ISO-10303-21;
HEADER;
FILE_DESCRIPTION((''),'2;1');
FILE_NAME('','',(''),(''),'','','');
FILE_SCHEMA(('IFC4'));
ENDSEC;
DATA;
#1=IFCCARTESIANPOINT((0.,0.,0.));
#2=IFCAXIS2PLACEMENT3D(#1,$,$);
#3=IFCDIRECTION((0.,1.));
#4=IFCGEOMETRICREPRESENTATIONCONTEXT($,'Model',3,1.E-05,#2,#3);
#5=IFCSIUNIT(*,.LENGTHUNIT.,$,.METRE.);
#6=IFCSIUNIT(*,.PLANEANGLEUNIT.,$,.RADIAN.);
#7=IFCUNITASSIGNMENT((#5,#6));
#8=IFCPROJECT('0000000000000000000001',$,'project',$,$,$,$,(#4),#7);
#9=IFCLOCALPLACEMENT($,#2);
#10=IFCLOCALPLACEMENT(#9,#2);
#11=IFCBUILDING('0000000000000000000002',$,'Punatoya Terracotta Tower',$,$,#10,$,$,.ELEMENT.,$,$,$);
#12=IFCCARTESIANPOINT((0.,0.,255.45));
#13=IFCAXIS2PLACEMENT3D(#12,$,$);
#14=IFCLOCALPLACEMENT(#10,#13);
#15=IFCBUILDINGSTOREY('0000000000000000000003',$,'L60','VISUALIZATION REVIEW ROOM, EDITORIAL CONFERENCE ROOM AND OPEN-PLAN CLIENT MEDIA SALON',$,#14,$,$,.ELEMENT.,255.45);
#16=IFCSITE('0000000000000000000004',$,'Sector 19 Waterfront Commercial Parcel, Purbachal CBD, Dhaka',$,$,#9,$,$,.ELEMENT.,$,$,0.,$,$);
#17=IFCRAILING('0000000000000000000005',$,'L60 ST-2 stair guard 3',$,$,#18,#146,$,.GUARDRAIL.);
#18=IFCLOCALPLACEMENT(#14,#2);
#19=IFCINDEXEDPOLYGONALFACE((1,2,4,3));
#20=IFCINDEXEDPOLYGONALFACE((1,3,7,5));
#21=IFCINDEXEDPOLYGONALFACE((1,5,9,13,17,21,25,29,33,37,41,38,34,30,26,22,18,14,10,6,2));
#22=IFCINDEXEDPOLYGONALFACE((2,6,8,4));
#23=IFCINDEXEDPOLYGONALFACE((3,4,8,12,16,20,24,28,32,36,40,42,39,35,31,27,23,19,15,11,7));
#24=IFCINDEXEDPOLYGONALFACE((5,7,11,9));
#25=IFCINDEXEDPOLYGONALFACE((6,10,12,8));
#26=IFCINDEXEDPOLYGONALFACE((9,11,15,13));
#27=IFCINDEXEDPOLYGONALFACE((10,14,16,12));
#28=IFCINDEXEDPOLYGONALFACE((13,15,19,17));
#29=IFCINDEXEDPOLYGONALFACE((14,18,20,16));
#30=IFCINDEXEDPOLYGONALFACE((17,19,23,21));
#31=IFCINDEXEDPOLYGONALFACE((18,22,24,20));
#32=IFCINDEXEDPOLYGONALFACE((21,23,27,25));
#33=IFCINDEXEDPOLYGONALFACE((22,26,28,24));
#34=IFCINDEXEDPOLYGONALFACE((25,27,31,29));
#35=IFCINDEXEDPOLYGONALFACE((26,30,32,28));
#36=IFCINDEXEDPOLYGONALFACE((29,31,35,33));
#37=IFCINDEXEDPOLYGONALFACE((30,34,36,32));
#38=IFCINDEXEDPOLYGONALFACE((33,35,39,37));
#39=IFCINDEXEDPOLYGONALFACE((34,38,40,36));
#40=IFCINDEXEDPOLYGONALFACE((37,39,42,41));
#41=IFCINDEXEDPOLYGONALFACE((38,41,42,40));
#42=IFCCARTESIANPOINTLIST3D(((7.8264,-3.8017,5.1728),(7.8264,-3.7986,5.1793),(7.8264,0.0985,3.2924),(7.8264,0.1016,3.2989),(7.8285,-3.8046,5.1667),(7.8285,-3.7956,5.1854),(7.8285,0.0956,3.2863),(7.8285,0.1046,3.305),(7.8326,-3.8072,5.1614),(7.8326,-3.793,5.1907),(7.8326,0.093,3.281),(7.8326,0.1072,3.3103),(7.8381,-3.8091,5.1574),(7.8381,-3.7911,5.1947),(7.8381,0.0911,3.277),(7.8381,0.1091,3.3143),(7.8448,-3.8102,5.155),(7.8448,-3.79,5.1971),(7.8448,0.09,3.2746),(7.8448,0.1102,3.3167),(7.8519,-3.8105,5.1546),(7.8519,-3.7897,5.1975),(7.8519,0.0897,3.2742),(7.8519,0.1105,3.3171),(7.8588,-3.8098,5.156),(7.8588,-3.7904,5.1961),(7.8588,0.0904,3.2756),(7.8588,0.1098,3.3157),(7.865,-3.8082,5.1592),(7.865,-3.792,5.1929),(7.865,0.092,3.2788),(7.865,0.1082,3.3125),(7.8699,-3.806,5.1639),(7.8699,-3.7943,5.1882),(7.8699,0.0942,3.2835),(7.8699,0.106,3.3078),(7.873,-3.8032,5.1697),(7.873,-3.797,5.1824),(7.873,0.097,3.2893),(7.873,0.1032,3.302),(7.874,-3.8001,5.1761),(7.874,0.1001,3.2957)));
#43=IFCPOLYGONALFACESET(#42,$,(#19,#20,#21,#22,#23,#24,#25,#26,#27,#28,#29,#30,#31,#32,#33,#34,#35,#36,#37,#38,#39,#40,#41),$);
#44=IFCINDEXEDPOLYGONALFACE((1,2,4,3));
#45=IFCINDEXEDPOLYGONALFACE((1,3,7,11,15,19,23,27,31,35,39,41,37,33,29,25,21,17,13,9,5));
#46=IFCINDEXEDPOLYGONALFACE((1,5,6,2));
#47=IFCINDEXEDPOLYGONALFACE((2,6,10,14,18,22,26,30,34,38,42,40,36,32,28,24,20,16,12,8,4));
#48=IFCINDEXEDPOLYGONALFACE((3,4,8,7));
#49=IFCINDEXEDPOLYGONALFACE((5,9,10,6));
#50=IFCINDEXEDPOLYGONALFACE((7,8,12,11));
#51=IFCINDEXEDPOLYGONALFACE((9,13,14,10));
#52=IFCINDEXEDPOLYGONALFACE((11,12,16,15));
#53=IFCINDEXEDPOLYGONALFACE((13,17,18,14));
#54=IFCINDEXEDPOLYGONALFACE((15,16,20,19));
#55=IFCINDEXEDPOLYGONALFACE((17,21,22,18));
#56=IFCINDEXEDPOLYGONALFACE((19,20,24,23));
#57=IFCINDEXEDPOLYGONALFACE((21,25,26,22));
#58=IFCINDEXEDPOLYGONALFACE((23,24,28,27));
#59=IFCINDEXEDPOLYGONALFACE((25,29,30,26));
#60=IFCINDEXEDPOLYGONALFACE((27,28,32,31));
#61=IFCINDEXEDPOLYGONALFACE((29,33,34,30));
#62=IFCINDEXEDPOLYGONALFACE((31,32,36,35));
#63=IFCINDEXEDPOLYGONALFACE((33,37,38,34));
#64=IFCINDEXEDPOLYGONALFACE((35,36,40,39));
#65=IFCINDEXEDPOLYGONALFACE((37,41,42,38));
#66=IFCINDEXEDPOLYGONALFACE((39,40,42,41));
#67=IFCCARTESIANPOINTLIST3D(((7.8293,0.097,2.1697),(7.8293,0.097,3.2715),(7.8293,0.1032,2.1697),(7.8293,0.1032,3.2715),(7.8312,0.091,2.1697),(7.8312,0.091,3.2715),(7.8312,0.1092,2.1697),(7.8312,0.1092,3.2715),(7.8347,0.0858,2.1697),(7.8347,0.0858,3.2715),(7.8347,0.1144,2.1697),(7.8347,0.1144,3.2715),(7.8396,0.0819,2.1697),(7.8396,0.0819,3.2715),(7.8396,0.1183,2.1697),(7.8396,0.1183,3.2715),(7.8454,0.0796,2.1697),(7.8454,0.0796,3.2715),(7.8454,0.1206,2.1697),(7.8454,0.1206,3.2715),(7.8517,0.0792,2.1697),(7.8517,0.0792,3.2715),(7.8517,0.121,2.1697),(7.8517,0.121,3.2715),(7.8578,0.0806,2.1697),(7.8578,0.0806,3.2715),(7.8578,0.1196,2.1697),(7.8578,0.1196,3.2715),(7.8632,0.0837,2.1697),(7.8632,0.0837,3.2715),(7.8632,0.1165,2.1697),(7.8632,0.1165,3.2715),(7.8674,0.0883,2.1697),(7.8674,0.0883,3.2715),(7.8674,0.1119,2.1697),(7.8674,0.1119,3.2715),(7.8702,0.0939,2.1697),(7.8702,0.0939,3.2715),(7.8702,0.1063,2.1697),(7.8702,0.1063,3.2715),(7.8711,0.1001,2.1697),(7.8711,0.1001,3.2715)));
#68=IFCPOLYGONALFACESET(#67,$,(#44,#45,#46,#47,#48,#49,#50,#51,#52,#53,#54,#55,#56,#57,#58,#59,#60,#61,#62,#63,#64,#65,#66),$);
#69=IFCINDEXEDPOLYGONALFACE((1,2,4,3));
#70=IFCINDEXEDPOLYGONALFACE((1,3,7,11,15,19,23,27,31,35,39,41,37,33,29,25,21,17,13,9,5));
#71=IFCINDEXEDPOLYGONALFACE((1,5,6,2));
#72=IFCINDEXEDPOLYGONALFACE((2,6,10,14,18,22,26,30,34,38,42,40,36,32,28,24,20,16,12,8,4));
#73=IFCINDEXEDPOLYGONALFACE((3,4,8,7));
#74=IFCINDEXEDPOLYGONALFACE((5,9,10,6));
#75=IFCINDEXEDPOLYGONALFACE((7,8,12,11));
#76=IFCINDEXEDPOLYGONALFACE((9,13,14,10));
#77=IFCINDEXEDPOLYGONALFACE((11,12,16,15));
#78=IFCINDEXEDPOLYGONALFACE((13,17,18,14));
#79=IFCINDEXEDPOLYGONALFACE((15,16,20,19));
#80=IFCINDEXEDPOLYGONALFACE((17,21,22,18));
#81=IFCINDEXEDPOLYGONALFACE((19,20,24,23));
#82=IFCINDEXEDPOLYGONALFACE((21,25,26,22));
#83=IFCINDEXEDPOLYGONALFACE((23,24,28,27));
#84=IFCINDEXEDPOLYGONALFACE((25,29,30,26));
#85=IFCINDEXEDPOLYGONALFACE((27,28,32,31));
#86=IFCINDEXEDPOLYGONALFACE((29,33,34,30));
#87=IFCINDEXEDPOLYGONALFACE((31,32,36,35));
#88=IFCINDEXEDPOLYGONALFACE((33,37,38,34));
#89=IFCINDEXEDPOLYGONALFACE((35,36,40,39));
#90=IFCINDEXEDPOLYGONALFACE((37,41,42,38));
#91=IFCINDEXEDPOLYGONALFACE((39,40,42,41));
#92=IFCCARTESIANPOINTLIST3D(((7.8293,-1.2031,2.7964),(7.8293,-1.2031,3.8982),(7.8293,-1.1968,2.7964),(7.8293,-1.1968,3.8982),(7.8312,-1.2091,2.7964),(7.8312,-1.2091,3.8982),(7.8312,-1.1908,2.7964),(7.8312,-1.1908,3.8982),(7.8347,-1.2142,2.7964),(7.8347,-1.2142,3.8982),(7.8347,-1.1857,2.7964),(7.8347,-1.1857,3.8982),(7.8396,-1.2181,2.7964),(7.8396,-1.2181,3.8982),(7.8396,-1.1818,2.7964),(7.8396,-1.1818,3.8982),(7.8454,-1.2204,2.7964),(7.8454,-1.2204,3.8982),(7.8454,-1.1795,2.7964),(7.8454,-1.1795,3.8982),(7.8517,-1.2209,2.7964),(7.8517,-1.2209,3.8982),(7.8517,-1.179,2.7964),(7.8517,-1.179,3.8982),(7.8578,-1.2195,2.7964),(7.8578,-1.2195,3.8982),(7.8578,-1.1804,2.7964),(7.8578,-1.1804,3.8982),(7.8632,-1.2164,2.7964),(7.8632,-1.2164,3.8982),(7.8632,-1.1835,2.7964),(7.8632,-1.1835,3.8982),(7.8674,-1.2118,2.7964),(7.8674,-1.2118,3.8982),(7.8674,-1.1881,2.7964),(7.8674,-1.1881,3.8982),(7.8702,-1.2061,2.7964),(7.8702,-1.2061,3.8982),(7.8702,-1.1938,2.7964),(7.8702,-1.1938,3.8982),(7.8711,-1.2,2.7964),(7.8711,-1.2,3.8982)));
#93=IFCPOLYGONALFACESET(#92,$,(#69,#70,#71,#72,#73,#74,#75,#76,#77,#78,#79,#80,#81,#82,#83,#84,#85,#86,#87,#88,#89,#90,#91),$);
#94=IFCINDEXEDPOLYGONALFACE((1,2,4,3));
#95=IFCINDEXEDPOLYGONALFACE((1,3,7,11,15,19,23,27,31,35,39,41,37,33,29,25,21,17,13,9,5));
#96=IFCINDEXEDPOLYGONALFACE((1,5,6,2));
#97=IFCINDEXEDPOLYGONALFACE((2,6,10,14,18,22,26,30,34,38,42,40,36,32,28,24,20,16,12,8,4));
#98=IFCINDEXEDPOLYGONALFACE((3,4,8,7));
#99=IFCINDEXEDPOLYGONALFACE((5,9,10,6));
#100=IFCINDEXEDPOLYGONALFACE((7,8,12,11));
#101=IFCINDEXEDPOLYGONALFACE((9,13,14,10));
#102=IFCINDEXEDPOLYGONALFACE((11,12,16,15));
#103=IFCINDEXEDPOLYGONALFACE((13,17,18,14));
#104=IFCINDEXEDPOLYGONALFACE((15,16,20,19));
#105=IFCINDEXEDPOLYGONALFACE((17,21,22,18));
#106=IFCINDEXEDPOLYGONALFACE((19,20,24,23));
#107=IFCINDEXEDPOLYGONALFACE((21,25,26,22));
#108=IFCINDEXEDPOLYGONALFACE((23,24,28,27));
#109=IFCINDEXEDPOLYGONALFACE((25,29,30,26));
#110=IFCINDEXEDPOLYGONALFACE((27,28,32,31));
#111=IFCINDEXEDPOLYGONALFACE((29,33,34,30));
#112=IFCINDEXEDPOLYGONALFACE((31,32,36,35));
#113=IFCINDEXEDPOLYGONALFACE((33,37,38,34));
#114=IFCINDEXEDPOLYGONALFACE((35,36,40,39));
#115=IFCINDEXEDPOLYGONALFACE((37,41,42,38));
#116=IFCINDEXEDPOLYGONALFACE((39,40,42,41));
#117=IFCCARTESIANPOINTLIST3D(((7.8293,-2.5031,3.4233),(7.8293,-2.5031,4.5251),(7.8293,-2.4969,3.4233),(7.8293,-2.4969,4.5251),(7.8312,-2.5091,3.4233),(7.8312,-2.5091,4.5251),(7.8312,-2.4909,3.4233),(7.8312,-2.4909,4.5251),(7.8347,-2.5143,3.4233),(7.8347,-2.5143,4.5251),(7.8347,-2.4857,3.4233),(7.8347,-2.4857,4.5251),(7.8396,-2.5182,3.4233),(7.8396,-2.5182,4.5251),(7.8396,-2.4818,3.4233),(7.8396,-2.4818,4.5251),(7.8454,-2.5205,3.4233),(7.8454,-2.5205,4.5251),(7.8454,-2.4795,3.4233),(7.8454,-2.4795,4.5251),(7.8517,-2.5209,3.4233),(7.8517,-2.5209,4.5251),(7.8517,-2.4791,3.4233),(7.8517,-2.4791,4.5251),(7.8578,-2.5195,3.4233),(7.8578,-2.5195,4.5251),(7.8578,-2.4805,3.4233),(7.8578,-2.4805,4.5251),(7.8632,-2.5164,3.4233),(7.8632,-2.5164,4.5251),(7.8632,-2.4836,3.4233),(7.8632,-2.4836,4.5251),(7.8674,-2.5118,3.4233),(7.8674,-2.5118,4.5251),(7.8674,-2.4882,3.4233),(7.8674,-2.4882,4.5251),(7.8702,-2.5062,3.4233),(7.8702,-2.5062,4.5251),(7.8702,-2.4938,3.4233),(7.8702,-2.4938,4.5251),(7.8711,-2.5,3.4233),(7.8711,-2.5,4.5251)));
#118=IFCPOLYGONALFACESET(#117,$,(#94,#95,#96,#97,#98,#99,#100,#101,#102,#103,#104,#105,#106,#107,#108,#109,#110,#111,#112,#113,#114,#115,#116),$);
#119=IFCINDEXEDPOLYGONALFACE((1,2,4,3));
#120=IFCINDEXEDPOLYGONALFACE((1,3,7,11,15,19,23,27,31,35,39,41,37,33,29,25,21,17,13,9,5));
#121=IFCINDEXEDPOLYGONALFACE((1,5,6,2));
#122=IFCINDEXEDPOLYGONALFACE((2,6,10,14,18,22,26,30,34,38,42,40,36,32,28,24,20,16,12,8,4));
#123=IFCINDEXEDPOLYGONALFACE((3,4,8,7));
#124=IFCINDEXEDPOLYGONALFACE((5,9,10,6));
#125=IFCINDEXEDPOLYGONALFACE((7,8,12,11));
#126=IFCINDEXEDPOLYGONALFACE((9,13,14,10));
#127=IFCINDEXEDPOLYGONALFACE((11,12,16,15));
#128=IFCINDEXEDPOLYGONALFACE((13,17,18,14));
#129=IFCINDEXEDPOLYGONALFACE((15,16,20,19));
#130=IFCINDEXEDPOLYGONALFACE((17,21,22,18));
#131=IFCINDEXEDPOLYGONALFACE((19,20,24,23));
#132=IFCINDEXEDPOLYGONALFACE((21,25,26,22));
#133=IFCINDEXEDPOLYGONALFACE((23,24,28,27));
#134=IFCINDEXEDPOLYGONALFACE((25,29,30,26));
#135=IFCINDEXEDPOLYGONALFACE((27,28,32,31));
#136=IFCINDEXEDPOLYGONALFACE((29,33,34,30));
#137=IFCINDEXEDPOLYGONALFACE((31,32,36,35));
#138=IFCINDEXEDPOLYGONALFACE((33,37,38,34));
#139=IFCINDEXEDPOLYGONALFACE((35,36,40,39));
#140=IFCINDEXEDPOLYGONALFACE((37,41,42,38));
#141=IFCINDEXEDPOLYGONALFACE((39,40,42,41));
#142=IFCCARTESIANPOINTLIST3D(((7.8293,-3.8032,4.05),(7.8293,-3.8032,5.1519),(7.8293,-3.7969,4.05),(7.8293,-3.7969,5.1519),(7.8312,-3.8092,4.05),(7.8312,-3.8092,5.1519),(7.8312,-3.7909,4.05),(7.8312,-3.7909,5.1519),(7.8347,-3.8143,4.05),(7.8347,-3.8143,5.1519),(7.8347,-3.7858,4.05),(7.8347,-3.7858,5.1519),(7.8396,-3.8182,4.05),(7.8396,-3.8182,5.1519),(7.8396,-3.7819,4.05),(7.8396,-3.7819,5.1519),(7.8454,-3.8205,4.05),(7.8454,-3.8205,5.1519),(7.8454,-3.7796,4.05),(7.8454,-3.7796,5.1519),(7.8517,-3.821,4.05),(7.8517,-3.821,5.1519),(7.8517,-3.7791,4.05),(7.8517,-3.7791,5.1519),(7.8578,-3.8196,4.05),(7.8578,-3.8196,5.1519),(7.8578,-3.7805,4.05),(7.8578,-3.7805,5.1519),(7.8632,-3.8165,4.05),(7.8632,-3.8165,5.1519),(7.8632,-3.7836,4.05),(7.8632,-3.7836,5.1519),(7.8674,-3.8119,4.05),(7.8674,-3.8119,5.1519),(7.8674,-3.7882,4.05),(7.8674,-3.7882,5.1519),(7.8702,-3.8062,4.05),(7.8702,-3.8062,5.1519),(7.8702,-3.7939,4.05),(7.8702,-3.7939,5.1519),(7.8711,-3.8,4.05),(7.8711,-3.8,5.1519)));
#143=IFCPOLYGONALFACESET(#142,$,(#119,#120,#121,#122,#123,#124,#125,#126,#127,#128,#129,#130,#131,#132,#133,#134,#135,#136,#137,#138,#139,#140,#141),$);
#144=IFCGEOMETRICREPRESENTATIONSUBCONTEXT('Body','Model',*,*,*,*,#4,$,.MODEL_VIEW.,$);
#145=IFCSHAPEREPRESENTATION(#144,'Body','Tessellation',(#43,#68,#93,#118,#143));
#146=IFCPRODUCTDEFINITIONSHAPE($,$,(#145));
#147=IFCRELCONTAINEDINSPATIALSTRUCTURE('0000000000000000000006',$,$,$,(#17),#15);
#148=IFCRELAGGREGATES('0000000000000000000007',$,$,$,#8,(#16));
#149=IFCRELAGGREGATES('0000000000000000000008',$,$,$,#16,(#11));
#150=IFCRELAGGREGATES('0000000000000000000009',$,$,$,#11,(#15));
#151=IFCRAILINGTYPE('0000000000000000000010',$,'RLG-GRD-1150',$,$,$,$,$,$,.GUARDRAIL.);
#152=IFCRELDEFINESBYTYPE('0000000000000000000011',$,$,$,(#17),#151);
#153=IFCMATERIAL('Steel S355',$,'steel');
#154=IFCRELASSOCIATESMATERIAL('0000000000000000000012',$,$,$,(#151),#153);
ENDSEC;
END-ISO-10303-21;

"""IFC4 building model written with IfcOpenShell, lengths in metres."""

from ifc_helpers import new_model, si_unit, direction, frame, origin, origin_2d, place, context, subcontext, project, spatial, circle, extrude, material, type_object, element, save


model = new_model("IFC4")

# Units and contexts
model_context = context("Model", 3, precision=1e-05, world=origin(), true_north=direction((0.0, 1.0)))
body_context = subcontext(model_context, "Body", "Model", "MODEL_VIEW")
ifc_project = project(units=[si_unit("LENGTHUNIT", "METRE"), si_unit("PLANEANGLEUNIT", "RADIAN")], contexts=[model_context])

# Site, building, storey
site_placement = place(None, origin())
site = spatial("IfcSite", under=ifc_project, at=site_placement, Name="Sector 19 Waterfront Commercial Parcel, Purbachal CBD, Dhaka", CompositionType="ELEMENT", RefElevation=0.0)
building_placement = place(site_placement, origin())
building = spatial("IfcBuilding", under=site, at=building_placement, Name="Punatoya Terracotta Tower", CompositionType="ELEMENT")
storey_placement = place(building_placement, frame((0.0, 0.0, 255.45)))
storey = spatial("IfcBuildingStorey", under=building, at=storey_placement, Name="L60", Description="VISUALIZATION REVIEW ROOM, EDITORIAL CONFERENCE ROOM AND OPEN-PLAN CLIENT MEDIA SALON", CompositionType="ELEMENT", Elevation=255.45)

# Shared definitions
ifc_material_1 = material(Name="Steel S355", Category="steel")

# Railing
railing_type_1 = type_object("IfcRailingType", Name="RLG-GRD-1150", PredefinedType="GUARDRAIL", material=ifc_material_1)
railing_1_placement = place(storey_placement, frame((7.8501, 0.1001, 2.1697)))
element("IfcRailing", 1, at=railing_1_placement, inside=storey, type_object=railing_type_1, Name="L60 ST-2 stair guard 3", PredefinedType="GUARDRAIL", context=body_context, shape_type="SweptSolid", body=[
    extrude(circle(Radius=0.0239, at=origin_2d()), frame((0.0, 0.0, 1.126), z_axis=(0.0, -0.900774, 0.434289), x_axis=(1.0, 0.0, 0.0)), (0.0, 0.0, 1.0), 4.3298),
    extrude(circle(Radius=0.021, at=origin_2d()), origin(), (0.0, 0.0, 1.0), 1.1018),
    extrude(circle(Radius=0.021, at=origin_2d()), frame((0.0, -1.3, 0.6267)), (0.0, 0.0, 1.0), 1.1018),
    extrude(circle(Radius=0.021, at=origin_2d()), frame((0.0, -2.6001, 1.2537)), (0.0, 0.0, 1.0), 1.1018),
    extrude(circle(Radius=0.021, at=origin_2d()), frame((0.0, -3.9001, 1.8804)), (0.0, 0.0, 1.0), 1.1018),
])

save(model, "model.ifc")
